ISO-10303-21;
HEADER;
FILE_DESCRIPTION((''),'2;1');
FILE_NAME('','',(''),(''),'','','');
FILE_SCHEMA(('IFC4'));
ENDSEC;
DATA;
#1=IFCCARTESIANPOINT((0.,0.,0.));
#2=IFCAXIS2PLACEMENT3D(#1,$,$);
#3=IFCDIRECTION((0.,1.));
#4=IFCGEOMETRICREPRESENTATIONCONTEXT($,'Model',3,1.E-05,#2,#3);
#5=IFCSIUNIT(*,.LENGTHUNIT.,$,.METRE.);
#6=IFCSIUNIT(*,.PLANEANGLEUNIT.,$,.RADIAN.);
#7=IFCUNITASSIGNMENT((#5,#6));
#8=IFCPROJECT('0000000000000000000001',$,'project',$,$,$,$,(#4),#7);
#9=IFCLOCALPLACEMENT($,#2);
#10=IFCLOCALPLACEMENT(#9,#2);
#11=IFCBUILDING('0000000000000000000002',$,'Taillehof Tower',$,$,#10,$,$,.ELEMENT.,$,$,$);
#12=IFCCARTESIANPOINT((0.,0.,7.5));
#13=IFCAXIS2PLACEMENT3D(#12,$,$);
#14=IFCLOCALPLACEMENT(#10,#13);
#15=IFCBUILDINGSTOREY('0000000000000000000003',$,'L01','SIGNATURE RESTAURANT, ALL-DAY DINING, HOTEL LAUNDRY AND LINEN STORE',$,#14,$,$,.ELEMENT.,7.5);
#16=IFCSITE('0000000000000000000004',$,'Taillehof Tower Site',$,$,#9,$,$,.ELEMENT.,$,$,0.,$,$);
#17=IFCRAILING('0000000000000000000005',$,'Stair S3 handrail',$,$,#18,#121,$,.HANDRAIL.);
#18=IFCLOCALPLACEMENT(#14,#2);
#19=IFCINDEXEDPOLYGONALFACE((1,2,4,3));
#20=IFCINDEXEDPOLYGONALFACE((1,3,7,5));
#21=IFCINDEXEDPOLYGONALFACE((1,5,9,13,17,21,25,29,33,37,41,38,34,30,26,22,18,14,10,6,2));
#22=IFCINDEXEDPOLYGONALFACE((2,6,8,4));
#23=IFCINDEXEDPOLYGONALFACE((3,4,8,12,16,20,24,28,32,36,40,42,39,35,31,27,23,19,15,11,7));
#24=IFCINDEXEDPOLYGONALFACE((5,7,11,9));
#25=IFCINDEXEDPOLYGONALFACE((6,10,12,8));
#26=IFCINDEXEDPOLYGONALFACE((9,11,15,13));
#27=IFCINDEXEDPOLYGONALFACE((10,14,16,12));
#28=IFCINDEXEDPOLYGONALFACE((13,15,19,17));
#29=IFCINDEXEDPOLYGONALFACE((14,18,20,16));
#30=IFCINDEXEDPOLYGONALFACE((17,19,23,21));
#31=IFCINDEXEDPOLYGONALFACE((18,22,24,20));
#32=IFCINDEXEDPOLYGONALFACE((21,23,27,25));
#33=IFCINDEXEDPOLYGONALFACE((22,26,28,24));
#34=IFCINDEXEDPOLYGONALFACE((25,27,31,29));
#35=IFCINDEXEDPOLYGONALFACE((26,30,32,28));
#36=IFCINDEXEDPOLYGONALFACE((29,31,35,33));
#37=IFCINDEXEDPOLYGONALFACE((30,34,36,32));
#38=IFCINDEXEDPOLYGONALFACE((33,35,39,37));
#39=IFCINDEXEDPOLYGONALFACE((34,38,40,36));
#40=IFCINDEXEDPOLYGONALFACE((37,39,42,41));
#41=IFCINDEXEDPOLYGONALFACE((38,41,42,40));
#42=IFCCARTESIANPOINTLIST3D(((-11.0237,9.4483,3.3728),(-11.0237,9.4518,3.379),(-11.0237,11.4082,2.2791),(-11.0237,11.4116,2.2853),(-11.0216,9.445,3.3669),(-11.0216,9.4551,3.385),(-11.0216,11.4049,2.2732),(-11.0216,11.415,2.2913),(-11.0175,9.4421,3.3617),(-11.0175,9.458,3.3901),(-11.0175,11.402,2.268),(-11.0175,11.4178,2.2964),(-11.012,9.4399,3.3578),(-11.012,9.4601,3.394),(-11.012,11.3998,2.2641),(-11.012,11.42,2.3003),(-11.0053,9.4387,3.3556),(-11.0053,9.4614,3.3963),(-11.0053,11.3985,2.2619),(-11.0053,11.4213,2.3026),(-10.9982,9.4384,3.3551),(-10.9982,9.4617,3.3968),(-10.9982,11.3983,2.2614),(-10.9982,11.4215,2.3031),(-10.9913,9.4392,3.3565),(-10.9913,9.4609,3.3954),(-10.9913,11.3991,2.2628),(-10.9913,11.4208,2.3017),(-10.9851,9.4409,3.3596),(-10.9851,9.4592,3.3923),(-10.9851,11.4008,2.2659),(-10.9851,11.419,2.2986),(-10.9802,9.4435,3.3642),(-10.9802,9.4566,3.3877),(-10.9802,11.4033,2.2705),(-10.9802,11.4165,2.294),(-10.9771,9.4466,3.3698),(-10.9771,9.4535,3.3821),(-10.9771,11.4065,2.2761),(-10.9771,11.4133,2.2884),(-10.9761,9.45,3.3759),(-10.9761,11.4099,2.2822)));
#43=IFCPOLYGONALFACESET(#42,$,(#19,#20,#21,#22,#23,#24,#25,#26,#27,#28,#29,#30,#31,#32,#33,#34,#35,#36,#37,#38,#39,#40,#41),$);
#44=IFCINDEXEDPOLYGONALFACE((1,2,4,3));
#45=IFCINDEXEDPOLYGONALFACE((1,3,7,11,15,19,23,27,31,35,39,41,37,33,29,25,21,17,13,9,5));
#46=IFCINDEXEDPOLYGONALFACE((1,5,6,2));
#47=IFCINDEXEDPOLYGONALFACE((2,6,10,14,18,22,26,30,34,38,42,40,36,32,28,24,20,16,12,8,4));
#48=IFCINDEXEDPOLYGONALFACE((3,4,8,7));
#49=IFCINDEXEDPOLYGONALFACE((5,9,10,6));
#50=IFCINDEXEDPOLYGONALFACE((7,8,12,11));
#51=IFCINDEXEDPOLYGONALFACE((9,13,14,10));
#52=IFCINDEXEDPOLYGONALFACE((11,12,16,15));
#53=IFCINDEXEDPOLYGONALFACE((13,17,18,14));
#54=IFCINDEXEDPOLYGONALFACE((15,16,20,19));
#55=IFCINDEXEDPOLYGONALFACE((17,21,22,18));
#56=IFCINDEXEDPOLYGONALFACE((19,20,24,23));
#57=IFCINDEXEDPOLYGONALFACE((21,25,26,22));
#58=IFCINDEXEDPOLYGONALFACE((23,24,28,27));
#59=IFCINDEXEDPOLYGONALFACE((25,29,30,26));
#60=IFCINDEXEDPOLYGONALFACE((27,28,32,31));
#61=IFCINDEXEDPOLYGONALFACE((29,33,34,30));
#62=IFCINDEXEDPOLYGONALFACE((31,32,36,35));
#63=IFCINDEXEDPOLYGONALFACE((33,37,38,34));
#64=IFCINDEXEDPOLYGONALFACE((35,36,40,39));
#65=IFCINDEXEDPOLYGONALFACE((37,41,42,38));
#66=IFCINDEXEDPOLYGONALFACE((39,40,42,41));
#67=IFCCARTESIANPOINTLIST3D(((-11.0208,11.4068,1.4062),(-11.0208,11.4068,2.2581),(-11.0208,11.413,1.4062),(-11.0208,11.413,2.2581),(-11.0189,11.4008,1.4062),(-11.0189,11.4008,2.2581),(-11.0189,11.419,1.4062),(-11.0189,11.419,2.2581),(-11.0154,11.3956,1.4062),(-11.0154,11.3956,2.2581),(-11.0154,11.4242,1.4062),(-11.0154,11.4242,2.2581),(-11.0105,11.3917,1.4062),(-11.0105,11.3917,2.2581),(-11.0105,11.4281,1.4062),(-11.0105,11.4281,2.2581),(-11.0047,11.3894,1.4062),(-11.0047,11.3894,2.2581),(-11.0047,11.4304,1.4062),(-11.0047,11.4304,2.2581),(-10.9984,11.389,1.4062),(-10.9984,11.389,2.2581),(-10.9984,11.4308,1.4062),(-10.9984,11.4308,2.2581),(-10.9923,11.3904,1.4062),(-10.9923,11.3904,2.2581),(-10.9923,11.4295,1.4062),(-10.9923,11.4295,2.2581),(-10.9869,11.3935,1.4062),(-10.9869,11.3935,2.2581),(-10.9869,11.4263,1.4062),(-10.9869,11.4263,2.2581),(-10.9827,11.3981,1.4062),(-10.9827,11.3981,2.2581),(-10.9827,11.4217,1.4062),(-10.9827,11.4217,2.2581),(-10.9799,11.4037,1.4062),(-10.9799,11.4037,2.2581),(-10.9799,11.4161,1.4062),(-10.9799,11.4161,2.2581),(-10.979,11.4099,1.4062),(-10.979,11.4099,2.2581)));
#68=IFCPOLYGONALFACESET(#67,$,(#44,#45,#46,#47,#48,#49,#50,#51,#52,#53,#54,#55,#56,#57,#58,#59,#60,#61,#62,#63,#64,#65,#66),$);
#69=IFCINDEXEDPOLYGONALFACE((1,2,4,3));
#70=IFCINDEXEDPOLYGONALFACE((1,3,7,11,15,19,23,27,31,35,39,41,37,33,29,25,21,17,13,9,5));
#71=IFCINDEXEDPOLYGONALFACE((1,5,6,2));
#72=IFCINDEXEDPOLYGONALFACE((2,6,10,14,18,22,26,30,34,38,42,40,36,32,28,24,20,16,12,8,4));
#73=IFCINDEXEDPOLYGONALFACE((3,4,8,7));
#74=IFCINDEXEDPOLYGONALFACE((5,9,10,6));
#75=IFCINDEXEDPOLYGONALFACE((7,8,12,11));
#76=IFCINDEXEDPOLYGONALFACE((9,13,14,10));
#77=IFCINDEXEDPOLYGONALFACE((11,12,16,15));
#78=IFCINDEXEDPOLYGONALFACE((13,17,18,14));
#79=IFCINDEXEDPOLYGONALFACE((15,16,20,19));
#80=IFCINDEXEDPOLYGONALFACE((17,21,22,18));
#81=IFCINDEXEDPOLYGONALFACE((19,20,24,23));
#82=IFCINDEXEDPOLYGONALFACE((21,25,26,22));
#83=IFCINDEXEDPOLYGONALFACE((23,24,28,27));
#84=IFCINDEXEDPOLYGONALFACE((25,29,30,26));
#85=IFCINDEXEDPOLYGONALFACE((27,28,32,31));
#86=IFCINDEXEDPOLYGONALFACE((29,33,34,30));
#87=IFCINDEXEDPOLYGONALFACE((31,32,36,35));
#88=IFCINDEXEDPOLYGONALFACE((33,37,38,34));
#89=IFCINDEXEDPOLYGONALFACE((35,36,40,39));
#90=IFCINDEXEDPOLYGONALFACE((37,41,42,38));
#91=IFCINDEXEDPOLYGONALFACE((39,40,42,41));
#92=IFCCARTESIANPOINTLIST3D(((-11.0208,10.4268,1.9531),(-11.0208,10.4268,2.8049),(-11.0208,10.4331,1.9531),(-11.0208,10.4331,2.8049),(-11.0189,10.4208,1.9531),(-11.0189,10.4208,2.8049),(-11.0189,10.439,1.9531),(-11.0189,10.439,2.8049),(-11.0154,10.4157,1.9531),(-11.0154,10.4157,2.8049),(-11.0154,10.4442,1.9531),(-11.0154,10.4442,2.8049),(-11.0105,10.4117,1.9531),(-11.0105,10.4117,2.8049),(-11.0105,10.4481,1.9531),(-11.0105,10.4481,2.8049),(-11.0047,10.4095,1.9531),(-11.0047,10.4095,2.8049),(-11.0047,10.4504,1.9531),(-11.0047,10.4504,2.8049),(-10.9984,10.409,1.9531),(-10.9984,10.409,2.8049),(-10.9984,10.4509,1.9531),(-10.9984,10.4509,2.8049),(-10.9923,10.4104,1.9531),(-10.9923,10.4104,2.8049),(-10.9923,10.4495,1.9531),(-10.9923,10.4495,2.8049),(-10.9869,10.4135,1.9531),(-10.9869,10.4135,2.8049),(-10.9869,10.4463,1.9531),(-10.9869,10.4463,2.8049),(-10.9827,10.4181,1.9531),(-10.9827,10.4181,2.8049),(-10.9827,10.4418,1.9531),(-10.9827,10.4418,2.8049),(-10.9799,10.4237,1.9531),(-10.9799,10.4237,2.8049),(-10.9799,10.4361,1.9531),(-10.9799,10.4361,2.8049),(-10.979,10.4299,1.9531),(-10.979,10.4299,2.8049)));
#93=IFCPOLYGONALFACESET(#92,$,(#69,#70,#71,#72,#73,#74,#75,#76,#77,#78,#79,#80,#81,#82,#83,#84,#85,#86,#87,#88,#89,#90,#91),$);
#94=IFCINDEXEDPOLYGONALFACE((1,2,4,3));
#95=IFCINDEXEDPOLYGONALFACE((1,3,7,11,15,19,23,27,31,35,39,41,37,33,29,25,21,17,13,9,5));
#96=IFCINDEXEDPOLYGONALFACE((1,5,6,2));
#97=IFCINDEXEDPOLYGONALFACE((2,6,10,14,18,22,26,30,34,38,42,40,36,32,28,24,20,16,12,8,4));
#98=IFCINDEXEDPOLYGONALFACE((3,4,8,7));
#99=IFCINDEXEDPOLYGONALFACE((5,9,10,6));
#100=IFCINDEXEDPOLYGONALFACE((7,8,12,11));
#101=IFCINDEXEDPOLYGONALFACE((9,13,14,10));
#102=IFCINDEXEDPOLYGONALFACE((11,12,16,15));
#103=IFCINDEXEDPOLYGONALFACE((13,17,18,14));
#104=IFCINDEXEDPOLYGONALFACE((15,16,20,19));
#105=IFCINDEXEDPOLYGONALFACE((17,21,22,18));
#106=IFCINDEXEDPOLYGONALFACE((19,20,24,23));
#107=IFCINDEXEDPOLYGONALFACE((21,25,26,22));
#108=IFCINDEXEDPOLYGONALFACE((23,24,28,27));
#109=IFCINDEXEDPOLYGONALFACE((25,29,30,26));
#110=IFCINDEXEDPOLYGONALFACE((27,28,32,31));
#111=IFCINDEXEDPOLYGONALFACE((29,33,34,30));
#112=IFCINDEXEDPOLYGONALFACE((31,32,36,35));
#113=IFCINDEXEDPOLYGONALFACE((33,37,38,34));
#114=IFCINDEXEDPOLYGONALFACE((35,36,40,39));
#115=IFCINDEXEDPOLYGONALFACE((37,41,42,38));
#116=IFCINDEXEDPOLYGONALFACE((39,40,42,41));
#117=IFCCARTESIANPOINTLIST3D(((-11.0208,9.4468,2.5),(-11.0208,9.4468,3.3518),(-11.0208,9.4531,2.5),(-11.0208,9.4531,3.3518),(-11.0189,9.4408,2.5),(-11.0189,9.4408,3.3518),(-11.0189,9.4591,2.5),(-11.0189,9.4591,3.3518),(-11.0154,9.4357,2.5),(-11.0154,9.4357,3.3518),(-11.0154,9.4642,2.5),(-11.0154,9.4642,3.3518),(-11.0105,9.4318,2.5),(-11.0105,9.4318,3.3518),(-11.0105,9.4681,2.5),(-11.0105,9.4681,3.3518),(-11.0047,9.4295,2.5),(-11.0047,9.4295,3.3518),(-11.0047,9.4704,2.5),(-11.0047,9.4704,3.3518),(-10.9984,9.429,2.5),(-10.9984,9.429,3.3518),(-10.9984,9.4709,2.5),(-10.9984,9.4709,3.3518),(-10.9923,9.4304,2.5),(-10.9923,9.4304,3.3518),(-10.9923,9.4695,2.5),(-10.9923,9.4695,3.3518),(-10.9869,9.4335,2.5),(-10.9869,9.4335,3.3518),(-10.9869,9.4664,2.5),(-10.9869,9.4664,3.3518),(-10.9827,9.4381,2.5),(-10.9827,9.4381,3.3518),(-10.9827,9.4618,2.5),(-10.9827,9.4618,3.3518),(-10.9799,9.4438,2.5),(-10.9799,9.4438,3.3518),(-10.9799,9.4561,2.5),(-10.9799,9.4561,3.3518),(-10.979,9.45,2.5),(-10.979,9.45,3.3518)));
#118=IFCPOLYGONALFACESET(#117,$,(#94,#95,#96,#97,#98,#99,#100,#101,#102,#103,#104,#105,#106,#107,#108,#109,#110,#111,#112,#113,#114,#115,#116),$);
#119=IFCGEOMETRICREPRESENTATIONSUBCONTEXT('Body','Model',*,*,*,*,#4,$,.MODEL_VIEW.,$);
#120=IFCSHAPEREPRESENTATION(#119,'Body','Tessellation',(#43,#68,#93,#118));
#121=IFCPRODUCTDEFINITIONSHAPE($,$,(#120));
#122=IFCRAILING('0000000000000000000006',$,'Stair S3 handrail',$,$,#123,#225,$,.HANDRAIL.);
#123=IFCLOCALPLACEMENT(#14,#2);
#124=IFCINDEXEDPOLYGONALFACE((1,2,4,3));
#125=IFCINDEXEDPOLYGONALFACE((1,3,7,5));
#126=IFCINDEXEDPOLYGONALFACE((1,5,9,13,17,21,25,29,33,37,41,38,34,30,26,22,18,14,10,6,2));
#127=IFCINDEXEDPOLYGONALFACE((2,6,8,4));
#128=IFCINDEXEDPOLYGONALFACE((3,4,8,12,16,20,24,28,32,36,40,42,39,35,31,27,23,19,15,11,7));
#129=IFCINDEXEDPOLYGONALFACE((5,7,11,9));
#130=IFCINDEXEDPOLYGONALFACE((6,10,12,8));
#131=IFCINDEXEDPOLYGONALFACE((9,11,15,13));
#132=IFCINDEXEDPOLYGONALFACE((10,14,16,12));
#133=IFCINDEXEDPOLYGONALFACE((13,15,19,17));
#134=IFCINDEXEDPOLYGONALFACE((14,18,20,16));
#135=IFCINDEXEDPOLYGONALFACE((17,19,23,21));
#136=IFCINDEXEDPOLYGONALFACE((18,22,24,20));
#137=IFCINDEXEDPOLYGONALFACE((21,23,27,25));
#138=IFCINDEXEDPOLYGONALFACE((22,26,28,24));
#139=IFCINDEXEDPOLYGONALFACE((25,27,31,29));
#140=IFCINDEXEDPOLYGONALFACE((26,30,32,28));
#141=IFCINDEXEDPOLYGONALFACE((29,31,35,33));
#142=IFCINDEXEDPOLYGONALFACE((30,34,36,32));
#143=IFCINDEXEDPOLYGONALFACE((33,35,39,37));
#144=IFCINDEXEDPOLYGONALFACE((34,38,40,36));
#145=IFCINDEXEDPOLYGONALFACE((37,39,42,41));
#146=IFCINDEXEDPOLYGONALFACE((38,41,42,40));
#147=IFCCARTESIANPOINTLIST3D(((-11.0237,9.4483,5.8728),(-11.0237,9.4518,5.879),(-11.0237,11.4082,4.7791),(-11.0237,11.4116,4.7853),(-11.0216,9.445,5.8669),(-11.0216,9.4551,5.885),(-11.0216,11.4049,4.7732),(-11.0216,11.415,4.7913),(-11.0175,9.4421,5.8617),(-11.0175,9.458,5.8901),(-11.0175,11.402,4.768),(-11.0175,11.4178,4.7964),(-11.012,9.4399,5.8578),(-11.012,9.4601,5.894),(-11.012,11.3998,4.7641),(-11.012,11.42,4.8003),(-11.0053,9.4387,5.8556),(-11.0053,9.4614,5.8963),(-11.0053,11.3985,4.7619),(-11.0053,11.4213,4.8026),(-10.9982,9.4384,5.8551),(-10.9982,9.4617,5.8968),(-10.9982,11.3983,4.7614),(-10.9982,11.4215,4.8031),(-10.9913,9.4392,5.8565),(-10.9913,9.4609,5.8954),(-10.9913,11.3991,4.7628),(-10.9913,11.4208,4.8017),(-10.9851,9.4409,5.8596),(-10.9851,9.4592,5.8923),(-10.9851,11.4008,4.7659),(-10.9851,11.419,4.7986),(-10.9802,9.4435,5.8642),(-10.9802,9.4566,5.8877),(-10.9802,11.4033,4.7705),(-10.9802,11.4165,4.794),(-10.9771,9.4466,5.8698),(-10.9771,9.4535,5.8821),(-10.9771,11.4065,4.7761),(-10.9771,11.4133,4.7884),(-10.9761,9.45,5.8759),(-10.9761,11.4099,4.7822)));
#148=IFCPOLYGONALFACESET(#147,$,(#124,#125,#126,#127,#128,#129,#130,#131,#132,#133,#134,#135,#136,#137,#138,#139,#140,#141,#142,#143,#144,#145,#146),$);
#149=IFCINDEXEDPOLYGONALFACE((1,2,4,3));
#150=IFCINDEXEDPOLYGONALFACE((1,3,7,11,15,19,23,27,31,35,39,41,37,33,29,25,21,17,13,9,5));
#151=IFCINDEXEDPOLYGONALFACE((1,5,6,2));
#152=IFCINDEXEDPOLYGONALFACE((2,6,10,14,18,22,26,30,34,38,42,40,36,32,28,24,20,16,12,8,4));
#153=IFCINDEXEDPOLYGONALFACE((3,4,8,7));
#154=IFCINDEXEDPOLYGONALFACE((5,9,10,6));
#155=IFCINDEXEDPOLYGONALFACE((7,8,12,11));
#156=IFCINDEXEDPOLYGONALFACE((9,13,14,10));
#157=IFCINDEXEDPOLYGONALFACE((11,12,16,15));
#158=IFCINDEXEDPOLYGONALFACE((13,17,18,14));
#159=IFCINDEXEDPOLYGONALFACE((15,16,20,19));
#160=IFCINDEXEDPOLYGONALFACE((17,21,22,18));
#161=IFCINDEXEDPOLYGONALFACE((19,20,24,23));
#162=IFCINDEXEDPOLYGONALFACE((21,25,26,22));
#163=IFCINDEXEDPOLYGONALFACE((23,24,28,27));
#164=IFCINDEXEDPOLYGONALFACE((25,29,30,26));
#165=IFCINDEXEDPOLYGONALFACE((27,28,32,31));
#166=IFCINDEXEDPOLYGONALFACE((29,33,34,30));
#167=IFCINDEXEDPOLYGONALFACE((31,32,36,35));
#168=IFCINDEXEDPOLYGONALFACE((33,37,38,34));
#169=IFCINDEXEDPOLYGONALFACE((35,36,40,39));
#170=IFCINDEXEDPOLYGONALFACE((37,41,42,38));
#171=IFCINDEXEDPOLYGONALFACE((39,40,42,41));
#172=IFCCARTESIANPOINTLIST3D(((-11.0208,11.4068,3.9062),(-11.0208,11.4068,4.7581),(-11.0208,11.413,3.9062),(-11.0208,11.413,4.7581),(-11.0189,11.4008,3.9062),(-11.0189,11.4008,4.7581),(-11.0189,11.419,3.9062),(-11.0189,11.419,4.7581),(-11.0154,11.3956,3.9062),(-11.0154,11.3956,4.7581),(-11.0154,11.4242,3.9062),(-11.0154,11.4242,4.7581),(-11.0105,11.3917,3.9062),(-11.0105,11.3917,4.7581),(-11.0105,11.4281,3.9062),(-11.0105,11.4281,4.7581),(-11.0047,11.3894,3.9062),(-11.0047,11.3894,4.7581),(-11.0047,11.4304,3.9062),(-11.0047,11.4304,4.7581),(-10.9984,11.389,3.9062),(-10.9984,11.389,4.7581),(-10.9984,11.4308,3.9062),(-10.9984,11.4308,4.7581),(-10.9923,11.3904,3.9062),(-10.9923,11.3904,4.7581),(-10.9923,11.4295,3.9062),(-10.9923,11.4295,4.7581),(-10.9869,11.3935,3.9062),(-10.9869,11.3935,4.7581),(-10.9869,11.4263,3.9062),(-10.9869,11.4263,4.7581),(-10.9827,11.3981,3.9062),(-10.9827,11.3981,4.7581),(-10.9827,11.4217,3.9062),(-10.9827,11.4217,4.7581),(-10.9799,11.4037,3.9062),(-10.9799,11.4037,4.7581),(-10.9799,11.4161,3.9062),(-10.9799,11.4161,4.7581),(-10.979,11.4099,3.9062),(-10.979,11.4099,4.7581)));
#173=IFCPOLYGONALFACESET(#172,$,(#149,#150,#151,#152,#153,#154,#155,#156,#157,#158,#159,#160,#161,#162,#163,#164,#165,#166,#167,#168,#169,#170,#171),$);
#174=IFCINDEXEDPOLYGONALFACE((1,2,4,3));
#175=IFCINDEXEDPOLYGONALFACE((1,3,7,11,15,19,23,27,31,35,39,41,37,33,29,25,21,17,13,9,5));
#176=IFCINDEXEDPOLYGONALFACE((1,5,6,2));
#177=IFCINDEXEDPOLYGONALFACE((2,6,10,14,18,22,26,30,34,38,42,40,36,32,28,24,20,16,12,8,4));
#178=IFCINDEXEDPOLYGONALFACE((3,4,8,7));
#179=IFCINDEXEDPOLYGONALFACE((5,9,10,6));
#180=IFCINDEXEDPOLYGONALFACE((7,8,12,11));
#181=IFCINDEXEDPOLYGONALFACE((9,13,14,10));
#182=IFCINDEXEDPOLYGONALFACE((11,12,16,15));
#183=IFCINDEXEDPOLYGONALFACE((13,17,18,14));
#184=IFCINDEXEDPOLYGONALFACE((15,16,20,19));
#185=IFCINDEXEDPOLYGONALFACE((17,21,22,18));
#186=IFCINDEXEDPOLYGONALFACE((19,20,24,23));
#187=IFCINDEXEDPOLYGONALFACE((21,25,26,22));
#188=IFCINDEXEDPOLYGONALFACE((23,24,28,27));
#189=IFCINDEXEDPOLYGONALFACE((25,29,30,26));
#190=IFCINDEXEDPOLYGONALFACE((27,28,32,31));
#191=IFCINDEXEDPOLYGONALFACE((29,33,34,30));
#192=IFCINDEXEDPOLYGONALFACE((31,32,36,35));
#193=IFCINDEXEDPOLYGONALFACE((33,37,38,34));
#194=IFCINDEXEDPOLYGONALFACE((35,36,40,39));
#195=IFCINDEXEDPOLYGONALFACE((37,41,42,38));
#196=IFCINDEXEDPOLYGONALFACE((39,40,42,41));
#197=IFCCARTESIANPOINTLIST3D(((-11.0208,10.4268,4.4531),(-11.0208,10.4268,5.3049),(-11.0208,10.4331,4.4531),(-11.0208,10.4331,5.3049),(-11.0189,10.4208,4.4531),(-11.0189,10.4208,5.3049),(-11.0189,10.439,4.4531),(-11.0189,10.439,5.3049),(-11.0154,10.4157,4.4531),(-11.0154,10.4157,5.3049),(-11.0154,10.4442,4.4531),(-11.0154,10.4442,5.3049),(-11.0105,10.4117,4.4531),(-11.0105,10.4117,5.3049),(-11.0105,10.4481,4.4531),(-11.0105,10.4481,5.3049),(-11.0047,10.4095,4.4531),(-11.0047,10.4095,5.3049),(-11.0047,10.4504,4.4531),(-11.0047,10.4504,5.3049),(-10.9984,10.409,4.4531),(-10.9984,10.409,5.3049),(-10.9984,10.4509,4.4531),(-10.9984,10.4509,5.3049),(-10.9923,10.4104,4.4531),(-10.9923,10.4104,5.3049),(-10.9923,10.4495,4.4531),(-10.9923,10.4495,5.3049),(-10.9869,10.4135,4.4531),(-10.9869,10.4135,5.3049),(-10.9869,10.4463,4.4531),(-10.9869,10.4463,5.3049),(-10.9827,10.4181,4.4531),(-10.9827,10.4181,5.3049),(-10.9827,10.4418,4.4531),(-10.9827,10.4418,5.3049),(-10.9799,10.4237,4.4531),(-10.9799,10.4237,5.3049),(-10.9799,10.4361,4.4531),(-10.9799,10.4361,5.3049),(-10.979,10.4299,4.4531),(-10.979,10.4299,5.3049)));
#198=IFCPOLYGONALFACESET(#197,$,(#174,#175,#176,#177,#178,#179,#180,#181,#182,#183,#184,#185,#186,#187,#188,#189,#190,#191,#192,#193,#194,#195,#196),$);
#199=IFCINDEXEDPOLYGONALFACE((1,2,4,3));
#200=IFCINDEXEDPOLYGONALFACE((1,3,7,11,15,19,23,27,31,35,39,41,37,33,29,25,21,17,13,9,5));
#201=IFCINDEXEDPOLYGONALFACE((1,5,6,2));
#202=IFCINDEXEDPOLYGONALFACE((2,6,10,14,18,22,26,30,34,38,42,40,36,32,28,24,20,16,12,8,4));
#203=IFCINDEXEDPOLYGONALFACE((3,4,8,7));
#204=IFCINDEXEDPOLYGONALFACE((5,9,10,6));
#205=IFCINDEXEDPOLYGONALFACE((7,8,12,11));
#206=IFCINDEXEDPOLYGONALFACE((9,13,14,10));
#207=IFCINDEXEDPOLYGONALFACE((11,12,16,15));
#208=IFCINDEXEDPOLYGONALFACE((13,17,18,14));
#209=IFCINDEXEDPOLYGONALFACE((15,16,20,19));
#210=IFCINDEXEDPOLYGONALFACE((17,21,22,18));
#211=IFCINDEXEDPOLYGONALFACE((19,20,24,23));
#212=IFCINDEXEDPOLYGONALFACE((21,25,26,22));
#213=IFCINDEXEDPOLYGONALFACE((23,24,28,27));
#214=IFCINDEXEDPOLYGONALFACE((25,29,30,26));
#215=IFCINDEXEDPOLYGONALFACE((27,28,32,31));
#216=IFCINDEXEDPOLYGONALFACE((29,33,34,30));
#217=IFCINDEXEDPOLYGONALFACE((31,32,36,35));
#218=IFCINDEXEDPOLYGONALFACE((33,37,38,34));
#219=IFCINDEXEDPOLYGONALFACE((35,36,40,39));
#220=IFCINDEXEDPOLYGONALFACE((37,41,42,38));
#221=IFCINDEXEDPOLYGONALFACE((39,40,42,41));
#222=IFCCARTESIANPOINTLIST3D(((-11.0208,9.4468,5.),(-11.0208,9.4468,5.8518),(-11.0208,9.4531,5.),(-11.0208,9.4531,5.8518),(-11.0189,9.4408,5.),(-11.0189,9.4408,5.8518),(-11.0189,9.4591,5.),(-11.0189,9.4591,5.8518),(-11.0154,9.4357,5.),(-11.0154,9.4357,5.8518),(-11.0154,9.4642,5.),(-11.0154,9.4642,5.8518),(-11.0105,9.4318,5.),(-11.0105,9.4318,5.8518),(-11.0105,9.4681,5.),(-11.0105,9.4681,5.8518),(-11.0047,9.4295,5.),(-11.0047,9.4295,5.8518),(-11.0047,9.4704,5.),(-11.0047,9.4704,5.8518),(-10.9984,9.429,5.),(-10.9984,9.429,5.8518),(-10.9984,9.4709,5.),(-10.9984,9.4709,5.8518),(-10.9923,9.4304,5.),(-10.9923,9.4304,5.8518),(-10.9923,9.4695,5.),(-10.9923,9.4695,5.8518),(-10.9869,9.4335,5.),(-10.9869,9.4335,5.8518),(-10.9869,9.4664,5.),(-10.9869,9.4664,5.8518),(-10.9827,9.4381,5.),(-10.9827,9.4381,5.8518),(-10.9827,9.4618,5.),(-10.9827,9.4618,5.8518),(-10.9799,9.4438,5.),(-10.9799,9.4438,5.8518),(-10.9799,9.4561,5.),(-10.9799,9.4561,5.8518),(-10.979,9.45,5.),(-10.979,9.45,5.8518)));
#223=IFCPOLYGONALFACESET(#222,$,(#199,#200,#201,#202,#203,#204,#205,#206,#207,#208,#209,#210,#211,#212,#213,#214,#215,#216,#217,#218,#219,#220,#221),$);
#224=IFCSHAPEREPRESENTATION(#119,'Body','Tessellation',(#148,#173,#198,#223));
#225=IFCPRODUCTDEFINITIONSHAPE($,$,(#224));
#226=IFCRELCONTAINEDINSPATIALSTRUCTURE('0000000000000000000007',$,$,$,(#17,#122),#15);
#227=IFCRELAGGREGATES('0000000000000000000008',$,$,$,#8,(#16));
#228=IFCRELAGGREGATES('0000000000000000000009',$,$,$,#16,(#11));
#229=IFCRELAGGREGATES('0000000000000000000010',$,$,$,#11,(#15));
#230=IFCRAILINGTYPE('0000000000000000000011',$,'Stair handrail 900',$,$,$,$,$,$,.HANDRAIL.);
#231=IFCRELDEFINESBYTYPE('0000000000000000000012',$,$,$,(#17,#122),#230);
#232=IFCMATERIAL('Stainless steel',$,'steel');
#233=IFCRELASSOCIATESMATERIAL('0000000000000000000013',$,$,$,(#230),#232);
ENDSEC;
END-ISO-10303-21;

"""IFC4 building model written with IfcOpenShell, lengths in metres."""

from ifc_helpers import new_model, si_unit, direction, frame, origin, origin_2d, place, context, subcontext, project, spatial, circle, extrude, material, type_object, element, save


model = new_model("IFC4")

# Units and contexts
model_context = context("Model", 3, precision=1e-05, world=origin(), true_north=direction((0.0, 1.0)))
body_context = subcontext(model_context, "Body", "Model", "MODEL_VIEW")
ifc_project = project(units=[si_unit("LENGTHUNIT", "METRE"), si_unit("PLANEANGLEUNIT", "RADIAN")], contexts=[model_context])

# Site, building, storey
site_placement = place(None, origin())
site = spatial("IfcSite", under=ifc_project, at=site_placement, Name="Taillehof Tower Site", CompositionType="ELEMENT", RefElevation=0.0)
building_placement = place(site_placement, origin())
building = spatial("IfcBuilding", under=site, at=building_placement, Name="Taillehof Tower", CompositionType="ELEMENT")
storey_placement = place(building_placement, frame((0.0, 0.0, 7.5)))
storey = spatial("IfcBuildingStorey", under=building, at=storey_placement, Name="L01", Description="SIGNATURE RESTAURANT, ALL-DAY DINING, HOTEL LAUNDRY AND LINEN STORE", CompositionType="ELEMENT", Elevation=7.5)

# Railings
ifc_material_1 = material(Name="Stainless steel", Category="steel")
railing_type_1 = type_object("IfcRailingType", Name="Stair handrail 900", PredefinedType="HANDRAIL", material=ifc_material_1)
for number, where, name in (
    (1, (-11.0, 11.4099, 1.4062), "Stair S3 handrail"),
    (2, (-11.0, 11.4099, 3.9062), "Stair S3 handrail"),
):
    element("IfcRailing", number, at=place(storey_placement, frame(where)), inside=storey, type_object=railing_type_1, Name=name, PredefinedType="HANDRAIL", context=body_context, shape_type="SweptSolid", body=[
        extrude(circle(Radius=0.0239, at=origin_2d()), frame((0.0, 0.0, 0.876), z_axis=(0.0, -0.873232, 0.487304), x_axis=(1.0, 0.0, 0.0)), (0.0, 0.0, 1.0), 2.2444),
        extrude(circle(Radius=0.021, at=origin_2d()), origin(), (0.0, 0.0, 1.0), 0.8518),
        extrude(circle(Radius=0.021, at=origin_2d()), frame((0.0, -0.98, 0.5469)), (0.0, 0.0, 1.0), 0.8518),
        extrude(circle(Radius=0.021, at=origin_2d()), frame((0.0, -1.96, 1.0938)), (0.0, 0.0, 1.0), 0.8518),
    ])

save(model, "model.ifc")
